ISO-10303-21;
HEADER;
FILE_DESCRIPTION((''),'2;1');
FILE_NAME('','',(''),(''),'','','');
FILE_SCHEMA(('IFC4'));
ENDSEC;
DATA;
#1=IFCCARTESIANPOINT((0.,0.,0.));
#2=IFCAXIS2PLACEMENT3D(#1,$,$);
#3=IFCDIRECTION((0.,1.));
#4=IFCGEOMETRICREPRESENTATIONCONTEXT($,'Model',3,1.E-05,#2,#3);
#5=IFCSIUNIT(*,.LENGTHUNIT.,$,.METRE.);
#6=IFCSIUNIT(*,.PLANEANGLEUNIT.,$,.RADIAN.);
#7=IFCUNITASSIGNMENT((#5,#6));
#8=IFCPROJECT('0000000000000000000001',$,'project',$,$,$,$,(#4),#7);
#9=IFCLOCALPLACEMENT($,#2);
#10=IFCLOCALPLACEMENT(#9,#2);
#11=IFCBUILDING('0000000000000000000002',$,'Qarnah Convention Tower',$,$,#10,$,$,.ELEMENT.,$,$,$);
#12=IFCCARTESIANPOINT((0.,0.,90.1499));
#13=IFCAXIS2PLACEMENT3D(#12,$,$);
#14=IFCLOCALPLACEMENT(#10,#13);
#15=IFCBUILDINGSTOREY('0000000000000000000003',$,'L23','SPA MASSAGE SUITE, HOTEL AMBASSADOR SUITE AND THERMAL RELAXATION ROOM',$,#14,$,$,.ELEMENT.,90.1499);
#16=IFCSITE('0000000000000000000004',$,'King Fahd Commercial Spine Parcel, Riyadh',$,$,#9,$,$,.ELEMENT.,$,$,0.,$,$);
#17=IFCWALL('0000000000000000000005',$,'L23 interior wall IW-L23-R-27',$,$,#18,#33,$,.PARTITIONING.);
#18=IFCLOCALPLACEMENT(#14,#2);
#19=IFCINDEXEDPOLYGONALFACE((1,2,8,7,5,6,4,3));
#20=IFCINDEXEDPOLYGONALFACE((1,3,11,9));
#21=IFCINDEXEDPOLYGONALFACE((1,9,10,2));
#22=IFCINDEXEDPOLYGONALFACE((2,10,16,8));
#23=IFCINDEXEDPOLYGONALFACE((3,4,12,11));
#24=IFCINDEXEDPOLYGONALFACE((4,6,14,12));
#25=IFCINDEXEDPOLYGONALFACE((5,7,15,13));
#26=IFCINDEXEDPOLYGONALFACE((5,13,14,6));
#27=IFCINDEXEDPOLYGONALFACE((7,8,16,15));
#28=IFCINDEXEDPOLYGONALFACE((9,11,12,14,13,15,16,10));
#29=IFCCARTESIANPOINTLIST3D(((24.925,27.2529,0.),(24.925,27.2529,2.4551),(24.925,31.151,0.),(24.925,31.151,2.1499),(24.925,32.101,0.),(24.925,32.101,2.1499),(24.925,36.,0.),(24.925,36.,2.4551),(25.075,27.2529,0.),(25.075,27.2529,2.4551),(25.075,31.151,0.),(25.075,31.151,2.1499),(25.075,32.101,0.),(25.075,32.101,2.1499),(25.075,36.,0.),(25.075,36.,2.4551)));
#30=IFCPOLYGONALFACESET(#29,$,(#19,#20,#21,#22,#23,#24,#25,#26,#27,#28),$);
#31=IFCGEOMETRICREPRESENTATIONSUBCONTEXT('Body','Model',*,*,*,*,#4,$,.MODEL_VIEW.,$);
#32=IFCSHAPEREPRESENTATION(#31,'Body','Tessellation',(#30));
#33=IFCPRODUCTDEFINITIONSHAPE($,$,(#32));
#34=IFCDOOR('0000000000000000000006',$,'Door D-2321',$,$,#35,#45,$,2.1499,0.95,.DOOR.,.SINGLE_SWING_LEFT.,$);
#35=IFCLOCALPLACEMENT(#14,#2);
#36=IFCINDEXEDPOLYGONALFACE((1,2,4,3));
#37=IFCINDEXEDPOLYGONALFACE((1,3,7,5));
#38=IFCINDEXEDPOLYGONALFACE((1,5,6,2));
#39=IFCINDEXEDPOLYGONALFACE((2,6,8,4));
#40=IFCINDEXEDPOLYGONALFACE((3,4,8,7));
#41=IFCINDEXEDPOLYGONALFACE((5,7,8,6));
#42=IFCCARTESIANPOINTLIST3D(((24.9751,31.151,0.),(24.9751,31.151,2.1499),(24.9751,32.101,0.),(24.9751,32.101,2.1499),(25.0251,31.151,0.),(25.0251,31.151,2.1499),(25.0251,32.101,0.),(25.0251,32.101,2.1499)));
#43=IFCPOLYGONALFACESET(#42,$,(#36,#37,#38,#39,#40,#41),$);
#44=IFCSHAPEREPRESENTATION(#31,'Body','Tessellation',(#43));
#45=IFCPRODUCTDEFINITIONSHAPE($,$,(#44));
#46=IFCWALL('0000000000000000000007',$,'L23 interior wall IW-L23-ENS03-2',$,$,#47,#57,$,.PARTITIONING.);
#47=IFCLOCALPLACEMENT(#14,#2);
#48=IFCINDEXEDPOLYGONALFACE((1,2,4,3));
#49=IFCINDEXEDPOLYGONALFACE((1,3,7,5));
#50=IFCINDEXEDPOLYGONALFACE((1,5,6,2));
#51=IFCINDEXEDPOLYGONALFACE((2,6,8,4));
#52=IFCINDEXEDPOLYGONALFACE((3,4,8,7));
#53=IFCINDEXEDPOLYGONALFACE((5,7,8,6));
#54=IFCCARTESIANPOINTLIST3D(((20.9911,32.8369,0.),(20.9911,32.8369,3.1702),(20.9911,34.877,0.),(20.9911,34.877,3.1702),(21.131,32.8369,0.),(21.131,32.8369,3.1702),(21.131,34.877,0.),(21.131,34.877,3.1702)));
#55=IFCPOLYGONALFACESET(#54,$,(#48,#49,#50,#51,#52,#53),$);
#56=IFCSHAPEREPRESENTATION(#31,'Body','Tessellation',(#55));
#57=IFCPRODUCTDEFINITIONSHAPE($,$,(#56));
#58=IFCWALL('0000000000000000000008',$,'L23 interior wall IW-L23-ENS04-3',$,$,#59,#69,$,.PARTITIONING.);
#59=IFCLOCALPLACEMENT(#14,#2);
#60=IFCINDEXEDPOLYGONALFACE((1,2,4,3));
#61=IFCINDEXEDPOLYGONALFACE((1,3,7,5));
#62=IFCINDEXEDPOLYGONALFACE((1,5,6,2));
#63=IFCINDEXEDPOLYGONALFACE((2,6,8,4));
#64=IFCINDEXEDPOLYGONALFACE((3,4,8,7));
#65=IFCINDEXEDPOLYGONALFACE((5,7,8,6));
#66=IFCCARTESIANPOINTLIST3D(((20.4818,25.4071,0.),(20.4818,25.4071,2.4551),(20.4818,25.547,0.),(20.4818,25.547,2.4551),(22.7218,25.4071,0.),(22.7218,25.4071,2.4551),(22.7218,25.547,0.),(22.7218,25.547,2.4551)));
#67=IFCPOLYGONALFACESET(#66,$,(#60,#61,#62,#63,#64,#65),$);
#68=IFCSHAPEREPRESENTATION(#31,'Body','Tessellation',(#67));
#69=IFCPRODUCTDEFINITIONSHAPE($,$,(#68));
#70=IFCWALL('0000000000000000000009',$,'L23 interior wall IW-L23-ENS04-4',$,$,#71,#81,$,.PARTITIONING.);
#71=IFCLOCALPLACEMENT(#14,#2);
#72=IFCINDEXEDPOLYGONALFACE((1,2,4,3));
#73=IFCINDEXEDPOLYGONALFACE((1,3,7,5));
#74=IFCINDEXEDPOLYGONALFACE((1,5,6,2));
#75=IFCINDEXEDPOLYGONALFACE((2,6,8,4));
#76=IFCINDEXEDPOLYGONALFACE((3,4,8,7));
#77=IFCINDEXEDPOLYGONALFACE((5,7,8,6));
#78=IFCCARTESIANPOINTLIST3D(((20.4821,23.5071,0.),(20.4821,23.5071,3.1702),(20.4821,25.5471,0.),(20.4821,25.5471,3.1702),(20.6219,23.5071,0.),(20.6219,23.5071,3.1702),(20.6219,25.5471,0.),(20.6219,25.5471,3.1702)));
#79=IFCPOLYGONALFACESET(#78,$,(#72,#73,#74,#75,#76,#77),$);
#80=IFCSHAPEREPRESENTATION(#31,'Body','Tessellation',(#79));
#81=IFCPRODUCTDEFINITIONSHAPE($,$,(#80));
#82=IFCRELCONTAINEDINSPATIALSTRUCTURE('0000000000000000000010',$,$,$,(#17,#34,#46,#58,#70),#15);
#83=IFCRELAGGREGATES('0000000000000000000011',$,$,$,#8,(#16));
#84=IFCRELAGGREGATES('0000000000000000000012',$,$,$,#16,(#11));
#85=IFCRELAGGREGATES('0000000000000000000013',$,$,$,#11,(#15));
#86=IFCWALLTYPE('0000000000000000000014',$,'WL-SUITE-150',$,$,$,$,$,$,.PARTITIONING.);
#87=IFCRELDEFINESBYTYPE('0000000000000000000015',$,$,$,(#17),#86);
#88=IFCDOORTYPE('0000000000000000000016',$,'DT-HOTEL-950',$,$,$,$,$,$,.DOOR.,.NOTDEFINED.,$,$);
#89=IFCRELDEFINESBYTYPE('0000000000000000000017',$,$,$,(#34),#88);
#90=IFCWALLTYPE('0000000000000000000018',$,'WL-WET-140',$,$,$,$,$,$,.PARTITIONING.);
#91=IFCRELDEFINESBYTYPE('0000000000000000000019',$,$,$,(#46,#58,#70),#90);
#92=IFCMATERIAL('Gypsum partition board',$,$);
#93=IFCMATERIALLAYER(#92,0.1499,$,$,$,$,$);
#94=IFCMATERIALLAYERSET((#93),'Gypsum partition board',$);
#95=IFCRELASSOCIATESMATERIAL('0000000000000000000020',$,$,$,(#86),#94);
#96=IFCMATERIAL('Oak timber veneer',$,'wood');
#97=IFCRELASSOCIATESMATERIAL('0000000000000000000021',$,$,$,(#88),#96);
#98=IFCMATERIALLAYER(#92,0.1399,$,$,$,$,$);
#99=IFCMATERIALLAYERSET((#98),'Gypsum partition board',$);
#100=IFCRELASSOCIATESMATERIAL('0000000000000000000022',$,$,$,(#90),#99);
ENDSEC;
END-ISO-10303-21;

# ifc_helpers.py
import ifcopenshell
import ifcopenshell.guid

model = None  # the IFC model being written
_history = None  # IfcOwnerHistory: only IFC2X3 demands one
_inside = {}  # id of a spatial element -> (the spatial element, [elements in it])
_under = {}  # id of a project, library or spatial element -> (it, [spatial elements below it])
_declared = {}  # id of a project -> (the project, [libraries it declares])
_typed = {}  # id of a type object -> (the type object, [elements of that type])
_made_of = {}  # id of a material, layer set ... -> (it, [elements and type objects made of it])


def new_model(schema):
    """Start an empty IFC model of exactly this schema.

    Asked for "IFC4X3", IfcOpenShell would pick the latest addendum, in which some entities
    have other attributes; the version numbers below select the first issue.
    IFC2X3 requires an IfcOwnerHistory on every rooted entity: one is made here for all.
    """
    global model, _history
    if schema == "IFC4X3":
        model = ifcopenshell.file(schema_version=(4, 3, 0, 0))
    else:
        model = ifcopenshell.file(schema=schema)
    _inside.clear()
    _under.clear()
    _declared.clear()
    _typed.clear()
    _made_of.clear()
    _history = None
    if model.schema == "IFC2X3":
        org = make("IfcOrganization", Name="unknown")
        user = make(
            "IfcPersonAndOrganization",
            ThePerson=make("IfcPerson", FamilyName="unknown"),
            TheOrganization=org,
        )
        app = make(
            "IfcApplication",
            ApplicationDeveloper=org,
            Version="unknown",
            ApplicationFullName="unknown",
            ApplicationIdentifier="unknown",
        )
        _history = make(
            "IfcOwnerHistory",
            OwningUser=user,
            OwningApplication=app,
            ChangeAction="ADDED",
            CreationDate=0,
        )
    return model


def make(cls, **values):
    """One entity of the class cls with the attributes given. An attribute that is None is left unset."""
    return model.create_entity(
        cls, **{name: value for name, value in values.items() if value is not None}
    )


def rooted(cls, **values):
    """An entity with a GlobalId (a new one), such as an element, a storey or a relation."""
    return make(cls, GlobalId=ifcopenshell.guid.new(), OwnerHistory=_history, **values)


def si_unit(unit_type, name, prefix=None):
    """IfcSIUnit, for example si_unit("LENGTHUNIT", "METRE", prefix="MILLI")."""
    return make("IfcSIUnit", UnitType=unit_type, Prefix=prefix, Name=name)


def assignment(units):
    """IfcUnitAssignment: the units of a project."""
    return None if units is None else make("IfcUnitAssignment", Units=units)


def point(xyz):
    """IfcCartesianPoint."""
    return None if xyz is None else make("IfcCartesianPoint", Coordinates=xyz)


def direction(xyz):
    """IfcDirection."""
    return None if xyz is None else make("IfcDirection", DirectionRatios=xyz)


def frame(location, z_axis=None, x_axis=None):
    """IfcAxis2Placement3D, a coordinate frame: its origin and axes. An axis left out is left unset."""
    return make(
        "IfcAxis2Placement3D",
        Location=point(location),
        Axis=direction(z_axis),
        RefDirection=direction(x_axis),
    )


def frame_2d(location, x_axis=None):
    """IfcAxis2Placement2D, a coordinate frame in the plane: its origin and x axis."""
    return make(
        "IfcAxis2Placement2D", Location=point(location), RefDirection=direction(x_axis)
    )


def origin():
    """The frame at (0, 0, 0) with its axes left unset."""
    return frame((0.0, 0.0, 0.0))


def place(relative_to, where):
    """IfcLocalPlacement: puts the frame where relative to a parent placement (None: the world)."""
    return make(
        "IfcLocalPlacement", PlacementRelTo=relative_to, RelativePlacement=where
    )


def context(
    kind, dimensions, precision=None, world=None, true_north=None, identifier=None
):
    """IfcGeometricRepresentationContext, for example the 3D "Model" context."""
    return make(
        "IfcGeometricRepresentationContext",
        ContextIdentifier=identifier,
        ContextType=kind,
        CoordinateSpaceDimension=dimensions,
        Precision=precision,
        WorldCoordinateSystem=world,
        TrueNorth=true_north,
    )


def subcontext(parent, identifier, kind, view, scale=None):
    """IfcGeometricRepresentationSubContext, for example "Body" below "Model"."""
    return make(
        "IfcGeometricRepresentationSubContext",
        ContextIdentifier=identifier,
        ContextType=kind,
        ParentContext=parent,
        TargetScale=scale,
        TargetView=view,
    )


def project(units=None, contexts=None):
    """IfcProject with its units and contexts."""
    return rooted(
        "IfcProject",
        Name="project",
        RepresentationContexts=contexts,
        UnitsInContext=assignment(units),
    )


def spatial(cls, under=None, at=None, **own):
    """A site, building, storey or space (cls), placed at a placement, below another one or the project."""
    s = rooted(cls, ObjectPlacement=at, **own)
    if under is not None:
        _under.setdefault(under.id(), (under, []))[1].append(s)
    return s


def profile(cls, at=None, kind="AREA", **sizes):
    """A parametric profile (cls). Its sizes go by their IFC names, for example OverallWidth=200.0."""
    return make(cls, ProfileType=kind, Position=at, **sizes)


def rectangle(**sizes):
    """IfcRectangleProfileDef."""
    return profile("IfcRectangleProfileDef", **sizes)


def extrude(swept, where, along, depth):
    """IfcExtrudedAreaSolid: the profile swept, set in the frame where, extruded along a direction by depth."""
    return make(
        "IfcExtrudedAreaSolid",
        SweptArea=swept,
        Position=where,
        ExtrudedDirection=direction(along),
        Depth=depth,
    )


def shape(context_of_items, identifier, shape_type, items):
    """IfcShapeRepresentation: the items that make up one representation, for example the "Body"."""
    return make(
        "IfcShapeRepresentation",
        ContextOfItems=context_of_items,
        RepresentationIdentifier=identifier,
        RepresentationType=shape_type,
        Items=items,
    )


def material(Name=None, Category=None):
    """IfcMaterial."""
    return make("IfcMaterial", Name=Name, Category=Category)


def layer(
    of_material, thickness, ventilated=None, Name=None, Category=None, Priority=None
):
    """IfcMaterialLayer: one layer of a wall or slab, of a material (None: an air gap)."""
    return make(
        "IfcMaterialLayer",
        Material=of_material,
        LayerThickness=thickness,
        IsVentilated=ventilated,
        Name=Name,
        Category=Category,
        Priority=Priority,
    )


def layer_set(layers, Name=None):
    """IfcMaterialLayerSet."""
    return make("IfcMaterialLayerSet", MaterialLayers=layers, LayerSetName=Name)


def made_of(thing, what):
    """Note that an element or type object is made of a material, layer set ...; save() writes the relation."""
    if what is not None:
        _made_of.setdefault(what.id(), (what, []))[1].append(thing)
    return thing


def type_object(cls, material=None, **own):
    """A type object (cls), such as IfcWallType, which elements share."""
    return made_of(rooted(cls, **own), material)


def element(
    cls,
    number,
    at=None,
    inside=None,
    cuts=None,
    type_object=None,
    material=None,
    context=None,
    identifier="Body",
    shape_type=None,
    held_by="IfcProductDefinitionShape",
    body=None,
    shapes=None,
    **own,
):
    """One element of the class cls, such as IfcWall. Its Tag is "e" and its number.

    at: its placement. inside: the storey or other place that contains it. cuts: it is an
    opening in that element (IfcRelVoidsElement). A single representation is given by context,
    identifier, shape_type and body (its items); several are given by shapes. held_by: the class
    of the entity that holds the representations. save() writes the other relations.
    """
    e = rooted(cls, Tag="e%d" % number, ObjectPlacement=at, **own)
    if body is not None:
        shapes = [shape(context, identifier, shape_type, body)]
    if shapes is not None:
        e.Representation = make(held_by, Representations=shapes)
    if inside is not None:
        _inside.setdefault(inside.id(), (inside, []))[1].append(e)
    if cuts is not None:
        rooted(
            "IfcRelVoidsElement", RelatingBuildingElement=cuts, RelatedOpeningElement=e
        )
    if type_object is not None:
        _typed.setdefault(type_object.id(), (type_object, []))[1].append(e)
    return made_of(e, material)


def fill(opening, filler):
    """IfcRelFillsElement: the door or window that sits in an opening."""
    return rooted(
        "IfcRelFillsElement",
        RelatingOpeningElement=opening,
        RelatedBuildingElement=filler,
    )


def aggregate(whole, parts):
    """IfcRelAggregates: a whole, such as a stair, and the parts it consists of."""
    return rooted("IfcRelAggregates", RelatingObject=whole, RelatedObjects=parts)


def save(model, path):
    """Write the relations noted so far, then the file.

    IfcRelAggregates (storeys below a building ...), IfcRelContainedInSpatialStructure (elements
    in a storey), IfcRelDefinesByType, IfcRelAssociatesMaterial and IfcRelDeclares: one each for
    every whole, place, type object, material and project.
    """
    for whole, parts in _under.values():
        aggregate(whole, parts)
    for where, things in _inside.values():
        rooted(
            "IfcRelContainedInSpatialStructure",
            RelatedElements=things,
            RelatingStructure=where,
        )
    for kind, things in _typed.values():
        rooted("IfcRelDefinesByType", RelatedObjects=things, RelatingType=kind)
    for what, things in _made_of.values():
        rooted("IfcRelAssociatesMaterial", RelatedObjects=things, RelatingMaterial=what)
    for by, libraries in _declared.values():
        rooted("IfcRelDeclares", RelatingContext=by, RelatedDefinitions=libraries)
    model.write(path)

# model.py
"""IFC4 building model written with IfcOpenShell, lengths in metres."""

from ifc_helpers import new_model, si_unit, direction, frame, frame_2d, origin, place, context, subcontext, project, spatial, rectangle, extrude, material, layer, layer_set, type_object, element, fill, save


model = new_model("IFC4")

# Units and contexts
model_context = context("Model", 3, precision=1e-05, world=origin(), true_north=direction((0.0, 1.0)))
body_context = subcontext(model_context, "Body", "Model", "MODEL_VIEW")
ifc_project = project(units=[si_unit("LENGTHUNIT", "METRE"), si_unit("PLANEANGLEUNIT", "RADIAN")], contexts=[model_context])

# Site, building, storey
site_placement = place(None, origin())
site = spatial("IfcSite", under=ifc_project, at=site_placement, Name="King Fahd Commercial Spine Parcel, Riyadh", CompositionType="ELEMENT", RefElevation=0.0)
building_placement = place(site_placement, origin())
building = spatial("IfcBuilding", under=site, at=building_placement, Name="Qarnah Convention Tower", CompositionType="ELEMENT")
storey_placement = place(building_placement, frame((0.0, 0.0, 90.1499)))
storey = spatial("IfcBuildingStorey", under=building, at=storey_placement, Name="L23", Description="SPA MASSAGE SUITE, HOTEL AMBASSADOR SUITE AND THERMAL RELAXATION ROOM", CompositionType="ELEMENT", Elevation=90.1499)

# Shared definitions
ifc_material_1 = material(Name="Gypsum partition board")
ifc_layer_1 = layer(ifc_material_1, 0.1499)
ifc_layer_set_1 = layer_set([ifc_layer_1], Name="Gypsum partition board")
wall_type_1 = type_object("IfcWallType", Name="WL-SUITE-150", PredefinedType="PARTITIONING", material=ifc_layer_set_1)

# Wall, opening, door
wall_1_placement = place(storey_placement, frame((25.0, 27.2529, 0.0), z_axis=(0.0, 0.0, 1.0), x_axis=(0.0, 1.0, 0.0)))
wall_1 = element("IfcWall", 1, at=wall_1_placement, inside=storey, type_object=wall_type_1, Name="L23 interior wall IW-L23-R-27", PredefinedType="PARTITIONING", context=body_context, shape_type="SweptSolid", body=[
    extrude(rectangle(XDim=8.7471, YDim=0.1499, at=frame_2d((4.3735, 0.0))), origin(), (0.0, 0.0, 1.0), 2.4551),
])
opening_placement = place(wall_1_placement, frame((3.8979, 0.0, 0.0)))
opening = element("IfcOpeningElement", 2, at=opening_placement, cuts=wall_1, PredefinedType="OPENING", context=body_context, shape_type="SweptSolid", body=[
    extrude(rectangle(XDim=0.95, YDim=2.1499, at=frame_2d((0.4751, 1.075))), frame((0.0, 0.085, 0.0), z_axis=(0.0, -1.0, 0.0), x_axis=(1.0, 0.0, 0.0)), (0.0, 0.0, 1.0), 0.1699),
])
ifc_material_2 = material(Name="Oak timber veneer", Category="wood")
door_type = type_object("IfcDoorType", Name="DT-HOTEL-950", OperationType="NOTDEFINED", PredefinedType="DOOR", material=ifc_material_2)
door_placement = place(opening_placement, origin())
door = element("IfcDoor", 3, at=door_placement, inside=storey, type_object=door_type, Name="Door D-2321", OperationType="SINGLE_SWING_LEFT", OverallHeight=2.1499, OverallWidth=0.95, PredefinedType="DOOR", context=body_context, shape_type="SweptSolid", body=[
    extrude(rectangle(XDim=0.95, YDim=2.1499, at=frame_2d((0.4751, 1.075))), frame((0.0, 0.0249, 0.0), z_axis=(0.0, -1.0, 0.0), x_axis=(1.0, 0.0, 0.0)), (0.0, 0.0, 1.0), 0.05),
])
fill(opening, door)

# Walls
ifc_layer_2 = layer(ifc_material_1, 0.1399)
ifc_layer_set_2 = layer_set([ifc_layer_2], Name="Gypsum partition board")
wall_type_2 = type_object("IfcWallType", Name="WL-WET-140", PredefinedType="PARTITIONING", material=ifc_layer_set_2)
wall_2_placement = place(storey_placement, frame((21.061, 32.8369, 0.0), z_axis=(0.0, 0.0, 1.0), x_axis=(0.0, 1.0, 0.0)))
element("IfcWall", 4, at=wall_2_placement, inside=storey, type_object=wall_type_2, Name="L23 interior wall IW-L23-ENS03-2", PredefinedType="PARTITIONING", context=body_context, shape_type="SweptSolid", body=[
    extrude(rectangle(XDim=2.04, YDim=0.1399, at=frame_2d((1.02, 0.0))), origin(), (0.0, 0.0, 1.0), 3.1702),
])
wall_3_placement = place(storey_placement, frame((22.7219, 25.4771, 0.0), z_axis=(0.0, 0.0, 1.0), x_axis=(-1.0, 0.0, 0.0)))
element("IfcWall", 5, at=wall_3_placement, inside=storey, type_object=wall_type_2, Name="L23 interior wall IW-L23-ENS04-3", PredefinedType="PARTITIONING", context=body_context, shape_type="SweptSolid", body=[
    extrude(rectangle(XDim=2.24, YDim=0.1399, at=frame_2d((1.1201, 0.0))), origin(), (0.0, 0.0, 1.0), 2.4551),
])
wall_4_placement = place(storey_placement, frame((20.552, 25.5471, 0.0), z_axis=(0.0, 0.0, 1.0), x_axis=(0.0, -1.0, 0.0)))
element("IfcWall", 6, at=wall_4_placement, inside=storey, type_object=wall_type_2, Name="L23 interior wall IW-L23-ENS04-4", PredefinedType="PARTITIONING", context=body_context, shape_type="SweptSolid", body=[
    extrude(rectangle(XDim=2.04, YDim=0.1399, at=frame_2d((1.02, 0.0))), origin(), (0.0, 0.0, 1.0), 3.1702),
])

save(model, "model.ifc")
